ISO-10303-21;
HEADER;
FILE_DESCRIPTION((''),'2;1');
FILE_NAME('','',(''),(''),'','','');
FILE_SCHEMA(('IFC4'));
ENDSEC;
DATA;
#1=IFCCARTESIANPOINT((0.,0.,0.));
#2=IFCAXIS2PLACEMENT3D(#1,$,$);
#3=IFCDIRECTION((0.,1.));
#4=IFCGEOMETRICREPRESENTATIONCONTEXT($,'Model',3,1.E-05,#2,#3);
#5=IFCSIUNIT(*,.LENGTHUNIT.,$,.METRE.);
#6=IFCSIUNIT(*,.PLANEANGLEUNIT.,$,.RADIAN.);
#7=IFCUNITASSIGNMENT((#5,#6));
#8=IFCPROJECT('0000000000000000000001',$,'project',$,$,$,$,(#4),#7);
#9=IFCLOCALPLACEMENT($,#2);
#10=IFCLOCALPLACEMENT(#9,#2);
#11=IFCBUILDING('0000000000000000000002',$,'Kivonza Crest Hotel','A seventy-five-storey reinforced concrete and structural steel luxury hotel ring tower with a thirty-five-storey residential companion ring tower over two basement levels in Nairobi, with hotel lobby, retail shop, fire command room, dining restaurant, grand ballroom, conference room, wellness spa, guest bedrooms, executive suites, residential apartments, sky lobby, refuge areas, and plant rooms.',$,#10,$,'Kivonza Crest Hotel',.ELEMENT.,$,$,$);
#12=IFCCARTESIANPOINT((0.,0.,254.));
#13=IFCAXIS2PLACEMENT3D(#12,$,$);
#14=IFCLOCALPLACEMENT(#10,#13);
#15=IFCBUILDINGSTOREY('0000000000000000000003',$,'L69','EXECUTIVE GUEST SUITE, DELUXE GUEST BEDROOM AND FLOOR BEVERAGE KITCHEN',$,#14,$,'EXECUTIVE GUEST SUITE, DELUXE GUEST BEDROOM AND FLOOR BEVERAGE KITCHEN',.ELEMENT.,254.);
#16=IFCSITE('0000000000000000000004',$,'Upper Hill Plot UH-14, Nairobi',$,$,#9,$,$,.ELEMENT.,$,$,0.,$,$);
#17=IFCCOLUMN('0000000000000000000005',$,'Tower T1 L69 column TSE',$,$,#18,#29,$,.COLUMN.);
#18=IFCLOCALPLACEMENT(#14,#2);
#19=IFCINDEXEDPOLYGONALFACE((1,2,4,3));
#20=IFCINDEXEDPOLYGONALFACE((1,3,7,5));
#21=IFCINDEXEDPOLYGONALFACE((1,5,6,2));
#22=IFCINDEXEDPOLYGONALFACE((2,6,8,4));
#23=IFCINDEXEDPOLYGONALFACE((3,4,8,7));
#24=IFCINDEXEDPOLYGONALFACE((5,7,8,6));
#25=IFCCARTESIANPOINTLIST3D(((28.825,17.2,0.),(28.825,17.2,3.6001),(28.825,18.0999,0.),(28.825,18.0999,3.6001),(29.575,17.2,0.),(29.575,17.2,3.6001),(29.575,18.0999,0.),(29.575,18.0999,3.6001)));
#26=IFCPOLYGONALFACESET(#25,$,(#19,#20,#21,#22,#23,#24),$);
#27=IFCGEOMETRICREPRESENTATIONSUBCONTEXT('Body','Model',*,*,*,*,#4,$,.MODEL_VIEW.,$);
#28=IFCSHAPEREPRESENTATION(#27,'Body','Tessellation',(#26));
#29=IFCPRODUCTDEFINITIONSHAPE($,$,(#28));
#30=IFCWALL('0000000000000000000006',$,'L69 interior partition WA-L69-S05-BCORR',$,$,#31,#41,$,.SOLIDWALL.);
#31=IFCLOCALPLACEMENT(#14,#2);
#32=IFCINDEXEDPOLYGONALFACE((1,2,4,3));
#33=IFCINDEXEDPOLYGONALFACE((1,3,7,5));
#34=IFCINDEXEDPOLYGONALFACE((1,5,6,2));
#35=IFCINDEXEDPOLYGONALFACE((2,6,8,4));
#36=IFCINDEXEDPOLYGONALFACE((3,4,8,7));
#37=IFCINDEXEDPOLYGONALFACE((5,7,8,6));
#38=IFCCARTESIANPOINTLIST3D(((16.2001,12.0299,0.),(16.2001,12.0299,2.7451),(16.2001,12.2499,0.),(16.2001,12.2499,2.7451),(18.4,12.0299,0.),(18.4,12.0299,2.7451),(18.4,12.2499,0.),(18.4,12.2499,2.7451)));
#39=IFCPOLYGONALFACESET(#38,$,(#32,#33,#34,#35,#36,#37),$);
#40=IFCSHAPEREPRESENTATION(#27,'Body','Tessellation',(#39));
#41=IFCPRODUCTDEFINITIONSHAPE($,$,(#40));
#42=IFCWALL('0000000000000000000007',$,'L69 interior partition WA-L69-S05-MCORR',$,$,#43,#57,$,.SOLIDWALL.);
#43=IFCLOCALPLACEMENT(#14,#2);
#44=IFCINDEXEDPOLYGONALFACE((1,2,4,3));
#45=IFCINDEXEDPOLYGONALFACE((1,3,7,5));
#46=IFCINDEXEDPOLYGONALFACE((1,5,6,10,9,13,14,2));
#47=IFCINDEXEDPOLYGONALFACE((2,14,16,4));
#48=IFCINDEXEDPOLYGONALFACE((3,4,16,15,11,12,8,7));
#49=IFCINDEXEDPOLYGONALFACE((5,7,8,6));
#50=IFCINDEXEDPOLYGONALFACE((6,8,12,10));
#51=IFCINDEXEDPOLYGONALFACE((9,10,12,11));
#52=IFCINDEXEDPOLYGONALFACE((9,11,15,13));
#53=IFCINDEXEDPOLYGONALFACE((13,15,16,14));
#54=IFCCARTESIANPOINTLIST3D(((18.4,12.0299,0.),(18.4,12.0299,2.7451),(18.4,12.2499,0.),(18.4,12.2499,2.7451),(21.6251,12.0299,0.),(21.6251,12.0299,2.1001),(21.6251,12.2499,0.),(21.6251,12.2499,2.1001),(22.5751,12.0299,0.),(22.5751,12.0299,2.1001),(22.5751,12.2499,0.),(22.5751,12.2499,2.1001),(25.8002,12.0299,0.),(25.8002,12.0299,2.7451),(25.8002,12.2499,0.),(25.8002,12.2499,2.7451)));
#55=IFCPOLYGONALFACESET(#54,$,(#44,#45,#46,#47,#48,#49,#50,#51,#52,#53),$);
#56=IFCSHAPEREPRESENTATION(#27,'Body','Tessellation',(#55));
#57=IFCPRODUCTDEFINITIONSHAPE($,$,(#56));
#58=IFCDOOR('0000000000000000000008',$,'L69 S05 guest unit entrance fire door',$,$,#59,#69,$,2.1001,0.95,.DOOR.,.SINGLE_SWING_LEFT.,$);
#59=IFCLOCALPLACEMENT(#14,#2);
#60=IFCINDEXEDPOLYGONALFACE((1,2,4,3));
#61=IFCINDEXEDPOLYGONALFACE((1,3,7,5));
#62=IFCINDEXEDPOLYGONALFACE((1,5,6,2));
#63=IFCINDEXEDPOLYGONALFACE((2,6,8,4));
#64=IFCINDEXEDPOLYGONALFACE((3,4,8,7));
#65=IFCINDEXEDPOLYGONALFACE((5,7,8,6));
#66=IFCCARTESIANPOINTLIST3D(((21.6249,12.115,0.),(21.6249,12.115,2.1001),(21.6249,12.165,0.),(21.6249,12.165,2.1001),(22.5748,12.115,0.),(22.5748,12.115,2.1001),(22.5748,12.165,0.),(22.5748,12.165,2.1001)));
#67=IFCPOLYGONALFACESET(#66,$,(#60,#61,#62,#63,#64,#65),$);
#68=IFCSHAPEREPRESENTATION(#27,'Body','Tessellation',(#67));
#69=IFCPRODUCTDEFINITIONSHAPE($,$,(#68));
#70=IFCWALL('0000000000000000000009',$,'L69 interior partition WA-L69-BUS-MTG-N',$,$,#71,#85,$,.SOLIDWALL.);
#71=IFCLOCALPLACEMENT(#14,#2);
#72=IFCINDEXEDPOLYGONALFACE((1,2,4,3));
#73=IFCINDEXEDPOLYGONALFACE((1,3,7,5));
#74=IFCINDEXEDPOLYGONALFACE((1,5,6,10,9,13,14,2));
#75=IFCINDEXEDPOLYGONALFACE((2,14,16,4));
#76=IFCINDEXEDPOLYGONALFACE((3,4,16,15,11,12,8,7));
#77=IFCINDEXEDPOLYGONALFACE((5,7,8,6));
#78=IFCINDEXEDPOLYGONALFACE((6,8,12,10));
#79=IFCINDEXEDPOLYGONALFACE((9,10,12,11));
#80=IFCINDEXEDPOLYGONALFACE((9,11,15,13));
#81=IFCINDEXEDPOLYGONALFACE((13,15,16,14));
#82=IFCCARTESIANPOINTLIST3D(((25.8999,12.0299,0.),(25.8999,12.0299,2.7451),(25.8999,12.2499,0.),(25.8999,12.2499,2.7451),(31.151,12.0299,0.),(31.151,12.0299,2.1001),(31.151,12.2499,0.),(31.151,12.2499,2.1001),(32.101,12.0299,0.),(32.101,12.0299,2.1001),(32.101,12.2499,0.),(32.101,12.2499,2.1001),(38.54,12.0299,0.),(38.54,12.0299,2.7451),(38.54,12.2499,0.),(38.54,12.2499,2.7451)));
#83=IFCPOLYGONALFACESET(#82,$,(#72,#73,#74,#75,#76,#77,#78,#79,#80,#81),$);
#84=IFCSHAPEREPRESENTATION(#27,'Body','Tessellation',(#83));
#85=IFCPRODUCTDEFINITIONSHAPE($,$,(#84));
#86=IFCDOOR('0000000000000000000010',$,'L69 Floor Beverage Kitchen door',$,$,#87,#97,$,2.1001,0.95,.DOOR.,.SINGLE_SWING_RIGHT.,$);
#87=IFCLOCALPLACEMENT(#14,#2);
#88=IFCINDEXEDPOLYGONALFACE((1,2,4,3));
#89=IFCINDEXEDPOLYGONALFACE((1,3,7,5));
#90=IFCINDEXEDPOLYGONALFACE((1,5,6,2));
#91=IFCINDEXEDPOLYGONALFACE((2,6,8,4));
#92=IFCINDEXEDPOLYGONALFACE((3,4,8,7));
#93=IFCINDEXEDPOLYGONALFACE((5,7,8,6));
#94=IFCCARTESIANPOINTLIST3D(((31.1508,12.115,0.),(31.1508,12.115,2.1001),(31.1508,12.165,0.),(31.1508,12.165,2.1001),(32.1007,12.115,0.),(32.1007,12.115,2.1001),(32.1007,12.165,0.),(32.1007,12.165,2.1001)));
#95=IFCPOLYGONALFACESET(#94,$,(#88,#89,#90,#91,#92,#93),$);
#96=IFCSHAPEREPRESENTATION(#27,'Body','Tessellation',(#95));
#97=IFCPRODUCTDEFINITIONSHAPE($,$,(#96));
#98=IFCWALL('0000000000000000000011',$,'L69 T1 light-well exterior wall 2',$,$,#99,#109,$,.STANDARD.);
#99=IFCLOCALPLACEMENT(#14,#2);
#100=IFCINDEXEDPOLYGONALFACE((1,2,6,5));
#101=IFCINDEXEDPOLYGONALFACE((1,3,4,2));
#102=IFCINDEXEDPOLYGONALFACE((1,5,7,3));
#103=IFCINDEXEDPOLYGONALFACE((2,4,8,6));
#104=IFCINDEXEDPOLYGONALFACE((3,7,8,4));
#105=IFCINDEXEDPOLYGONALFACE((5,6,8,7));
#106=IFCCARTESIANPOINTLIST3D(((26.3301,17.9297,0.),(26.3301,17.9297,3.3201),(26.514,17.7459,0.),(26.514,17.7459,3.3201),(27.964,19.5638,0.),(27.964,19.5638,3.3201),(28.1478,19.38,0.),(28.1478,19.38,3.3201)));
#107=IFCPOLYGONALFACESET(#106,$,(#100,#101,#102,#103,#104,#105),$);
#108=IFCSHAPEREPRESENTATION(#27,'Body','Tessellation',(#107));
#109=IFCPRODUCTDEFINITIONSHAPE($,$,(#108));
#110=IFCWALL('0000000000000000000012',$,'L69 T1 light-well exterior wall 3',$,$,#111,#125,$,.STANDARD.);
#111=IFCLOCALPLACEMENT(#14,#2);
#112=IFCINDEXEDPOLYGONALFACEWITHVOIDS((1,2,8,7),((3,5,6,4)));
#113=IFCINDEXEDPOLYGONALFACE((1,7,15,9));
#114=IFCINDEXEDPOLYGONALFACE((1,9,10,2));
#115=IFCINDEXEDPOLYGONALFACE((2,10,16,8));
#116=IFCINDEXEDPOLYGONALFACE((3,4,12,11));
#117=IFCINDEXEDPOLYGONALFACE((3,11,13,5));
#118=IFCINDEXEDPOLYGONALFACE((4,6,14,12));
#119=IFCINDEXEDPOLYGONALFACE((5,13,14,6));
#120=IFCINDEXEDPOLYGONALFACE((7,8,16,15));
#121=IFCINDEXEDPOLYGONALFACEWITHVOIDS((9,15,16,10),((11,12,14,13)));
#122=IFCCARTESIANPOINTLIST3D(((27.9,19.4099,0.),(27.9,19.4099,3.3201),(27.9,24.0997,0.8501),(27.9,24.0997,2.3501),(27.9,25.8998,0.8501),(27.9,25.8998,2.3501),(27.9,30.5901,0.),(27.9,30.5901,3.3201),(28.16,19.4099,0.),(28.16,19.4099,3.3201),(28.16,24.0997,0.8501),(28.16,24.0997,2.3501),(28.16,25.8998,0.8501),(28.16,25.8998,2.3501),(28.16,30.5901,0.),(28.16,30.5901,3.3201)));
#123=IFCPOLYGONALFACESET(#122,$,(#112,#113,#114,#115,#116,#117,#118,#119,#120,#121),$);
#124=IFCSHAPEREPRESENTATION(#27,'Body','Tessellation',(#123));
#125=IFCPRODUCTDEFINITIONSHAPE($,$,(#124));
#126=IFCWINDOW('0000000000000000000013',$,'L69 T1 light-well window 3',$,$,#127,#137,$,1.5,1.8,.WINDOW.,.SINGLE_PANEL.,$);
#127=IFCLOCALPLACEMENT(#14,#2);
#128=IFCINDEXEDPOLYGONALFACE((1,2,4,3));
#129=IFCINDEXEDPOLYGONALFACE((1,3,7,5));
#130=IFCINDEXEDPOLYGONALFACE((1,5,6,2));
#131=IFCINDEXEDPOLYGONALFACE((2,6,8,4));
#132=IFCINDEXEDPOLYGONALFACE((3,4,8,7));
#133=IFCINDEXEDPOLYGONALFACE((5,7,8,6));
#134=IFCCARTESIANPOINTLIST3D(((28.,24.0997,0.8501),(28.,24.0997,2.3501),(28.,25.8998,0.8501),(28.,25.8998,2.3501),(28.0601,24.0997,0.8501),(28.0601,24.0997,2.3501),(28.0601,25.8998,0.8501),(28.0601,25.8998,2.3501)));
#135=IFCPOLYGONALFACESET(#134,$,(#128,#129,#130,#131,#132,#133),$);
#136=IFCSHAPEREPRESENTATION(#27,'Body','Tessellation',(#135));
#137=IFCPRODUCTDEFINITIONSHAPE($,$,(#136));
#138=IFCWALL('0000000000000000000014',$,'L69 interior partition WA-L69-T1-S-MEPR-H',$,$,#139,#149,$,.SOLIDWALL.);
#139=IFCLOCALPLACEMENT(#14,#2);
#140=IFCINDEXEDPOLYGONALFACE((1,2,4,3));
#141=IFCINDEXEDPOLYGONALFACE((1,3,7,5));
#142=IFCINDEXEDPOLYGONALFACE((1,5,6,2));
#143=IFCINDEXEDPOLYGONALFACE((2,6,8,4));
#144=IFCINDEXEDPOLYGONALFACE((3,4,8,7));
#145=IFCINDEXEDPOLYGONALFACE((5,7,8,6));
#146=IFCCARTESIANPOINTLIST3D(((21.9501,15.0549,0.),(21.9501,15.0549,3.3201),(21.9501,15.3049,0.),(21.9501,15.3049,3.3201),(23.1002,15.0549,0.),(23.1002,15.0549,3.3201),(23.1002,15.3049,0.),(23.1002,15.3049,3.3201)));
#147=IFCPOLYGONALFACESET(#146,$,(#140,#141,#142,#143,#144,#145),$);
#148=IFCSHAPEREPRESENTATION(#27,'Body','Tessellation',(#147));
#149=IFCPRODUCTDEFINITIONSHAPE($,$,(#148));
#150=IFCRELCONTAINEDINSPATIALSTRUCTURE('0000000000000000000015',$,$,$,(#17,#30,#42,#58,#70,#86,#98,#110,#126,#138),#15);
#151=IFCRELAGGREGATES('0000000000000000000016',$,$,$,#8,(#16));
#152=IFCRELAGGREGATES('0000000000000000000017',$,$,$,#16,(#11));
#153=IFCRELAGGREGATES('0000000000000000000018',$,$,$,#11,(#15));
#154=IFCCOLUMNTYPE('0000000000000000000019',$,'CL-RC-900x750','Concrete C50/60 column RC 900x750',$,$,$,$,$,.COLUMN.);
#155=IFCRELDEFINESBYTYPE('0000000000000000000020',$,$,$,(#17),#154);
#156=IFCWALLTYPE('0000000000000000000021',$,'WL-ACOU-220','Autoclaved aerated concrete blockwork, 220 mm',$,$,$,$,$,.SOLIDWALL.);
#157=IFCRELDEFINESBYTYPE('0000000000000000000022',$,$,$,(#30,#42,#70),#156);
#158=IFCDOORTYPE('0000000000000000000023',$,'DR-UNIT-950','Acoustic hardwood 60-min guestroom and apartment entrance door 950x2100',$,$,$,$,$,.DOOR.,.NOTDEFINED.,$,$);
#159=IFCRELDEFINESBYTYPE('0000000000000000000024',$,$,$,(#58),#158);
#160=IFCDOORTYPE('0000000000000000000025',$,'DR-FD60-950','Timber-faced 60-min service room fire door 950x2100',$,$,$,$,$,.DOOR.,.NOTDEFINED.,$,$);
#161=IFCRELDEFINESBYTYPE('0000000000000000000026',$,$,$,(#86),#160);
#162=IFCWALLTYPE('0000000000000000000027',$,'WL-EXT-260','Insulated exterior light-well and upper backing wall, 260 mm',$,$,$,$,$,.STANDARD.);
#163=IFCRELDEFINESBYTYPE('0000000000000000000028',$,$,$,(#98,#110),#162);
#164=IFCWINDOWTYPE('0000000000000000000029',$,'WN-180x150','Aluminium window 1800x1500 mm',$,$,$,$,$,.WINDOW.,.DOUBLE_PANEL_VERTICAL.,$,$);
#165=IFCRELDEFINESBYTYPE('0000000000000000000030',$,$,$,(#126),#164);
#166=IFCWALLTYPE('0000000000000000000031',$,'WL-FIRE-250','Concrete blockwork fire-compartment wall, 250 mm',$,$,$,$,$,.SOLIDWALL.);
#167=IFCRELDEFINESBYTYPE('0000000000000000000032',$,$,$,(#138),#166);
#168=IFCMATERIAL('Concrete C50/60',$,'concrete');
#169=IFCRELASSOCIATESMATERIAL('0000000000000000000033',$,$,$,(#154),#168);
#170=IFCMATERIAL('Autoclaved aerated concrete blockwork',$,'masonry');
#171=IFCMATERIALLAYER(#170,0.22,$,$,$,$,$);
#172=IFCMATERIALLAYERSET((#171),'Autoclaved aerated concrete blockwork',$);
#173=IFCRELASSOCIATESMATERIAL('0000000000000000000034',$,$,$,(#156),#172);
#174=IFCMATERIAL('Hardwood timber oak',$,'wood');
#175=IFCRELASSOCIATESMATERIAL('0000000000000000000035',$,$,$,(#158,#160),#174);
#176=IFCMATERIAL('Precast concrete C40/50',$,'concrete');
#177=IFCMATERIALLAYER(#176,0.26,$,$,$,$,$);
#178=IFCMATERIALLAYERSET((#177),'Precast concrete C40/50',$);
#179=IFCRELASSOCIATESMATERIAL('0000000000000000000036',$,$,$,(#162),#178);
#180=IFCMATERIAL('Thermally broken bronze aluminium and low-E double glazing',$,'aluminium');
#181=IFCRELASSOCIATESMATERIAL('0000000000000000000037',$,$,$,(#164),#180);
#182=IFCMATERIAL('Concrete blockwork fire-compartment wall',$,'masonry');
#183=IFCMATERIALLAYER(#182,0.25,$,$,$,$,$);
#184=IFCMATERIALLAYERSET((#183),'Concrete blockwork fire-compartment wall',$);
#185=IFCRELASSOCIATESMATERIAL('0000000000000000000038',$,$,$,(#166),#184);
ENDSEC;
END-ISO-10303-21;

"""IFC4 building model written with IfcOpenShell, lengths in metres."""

from ifc_helpers import new_model, si_unit, direction, frame, frame_2d, origin, origin_2d, place, context, subcontext, project, spatial, rectangle, extrude, material, layer, layer_set, material_profile, profile_set, type_object, element, fill, save


model = new_model("IFC4")

# Units and contexts
model_context = context("Model", 3, precision=1e-05, world=origin(), true_north=direction((0.0, 1.0)))
body_context = subcontext(model_context, "Body", "Model", "MODEL_VIEW")
ifc_project = project(units=[si_unit("LENGTHUNIT", "METRE"), si_unit("PLANEANGLEUNIT", "RADIAN")], contexts=[model_context])

# Site, building, storey
site_placement = place(None, origin())
site = spatial("IfcSite", under=ifc_project, at=site_placement, Name="Upper Hill Plot UH-14, Nairobi", CompositionType="ELEMENT", RefElevation=0.0)
building_placement = place(site_placement, origin())
building = spatial("IfcBuilding", under=site, at=building_placement, Name="Kivonza Crest Hotel", Description="A seventy-five-storey reinforced concrete and structural steel luxury hotel ring tower with a thirty-five-storey residential companion ring tower over two basement levels in Nairobi, with hotel lobby, retail shop, fire command room, dining restaurant, grand ballroom, conference room, wellness spa, guest bedrooms, executive suites, residential apartments, sky lobby, refuge areas, and plant rooms.", LongName="Kivonza Crest Hotel", CompositionType="ELEMENT")
storey_placement = place(building_placement, frame((0.0, 0.0, 254.0)))
storey = spatial("IfcBuildingStorey", under=building, at=storey_placement, Name="L69", Description="EXECUTIVE GUEST SUITE, DELUXE GUEST BEDROOM AND FLOOR BEVERAGE KITCHEN", LongName="EXECUTIVE GUEST SUITE, DELUXE GUEST BEDROOM AND FLOOR BEVERAGE KITCHEN", CompositionType="ELEMENT", Elevation=254.0)

# Column
ifc_material_1 = material(Name="Concrete C50/60", Category="concrete")
ifc_material_profile = material_profile(ifc_material_1, rectangle(XDim=0.75, YDim=0.8999, at=origin_2d()), Name="RC 900x750")
ifc_profile_set = profile_set([ifc_material_profile], Name="Concrete C50/60")
column_type = type_object("IfcColumnType", Name="CL-RC-900x750", Description="Concrete C50/60 column RC 900x750", PredefinedType="COLUMN", material=ifc_profile_set)
column_placement = place(storey_placement, frame((29.2, 17.6499, 0.0), z_axis=(0.0, 0.0, 1.0), x_axis=(1.0, 0.0, 0.0)))
element("IfcColumn", 1, at=column_placement, inside=storey, type_object=column_type, Name="Tower T1 L69 column TSE", PredefinedType="COLUMN", context=body_context, shape_type="SweptSolid", body=[
    extrude(rectangle(XDim=0.75, YDim=0.8999, at=origin_2d()), origin(), (0.0, 0.0, 1.0), 3.6001),
])

# Wall
ifc_material_2 = material(Name="Autoclaved aerated concrete blockwork", Category="masonry")
ifc_layer_1 = layer(ifc_material_2, 0.22)
ifc_layer_set_1 = layer_set([ifc_layer_1], Name="Autoclaved aerated concrete blockwork")
wall_type_1 = type_object("IfcWallType", Name="WL-ACOU-220", Description="Autoclaved aerated concrete blockwork, 220 mm", PredefinedType="SOLIDWALL", material=ifc_layer_set_1)
wall_1_placement = place(storey_placement, frame((16.2, 12.1399, 0.0), z_axis=(0.0, 0.0, 1.0), x_axis=(1.0, 0.0, 0.0)))
element("IfcWall", 2, at=wall_1_placement, inside=storey, type_object=wall_type_1, Name="L69 interior partition WA-L69-S05-BCORR", PredefinedType="SOLIDWALL", context=body_context, shape_type="SweptSolid", body=[
    extrude(rectangle(XDim=2.2, YDim=0.22, at=frame_2d((1.1001, 0.0))), origin(), (0.0, 0.0, 1.0), 2.7451),
])

# Walls, openings, doors
wall_2_placement = place(storey_placement, frame((18.3999, 12.1399, 0.0), z_axis=(0.0, 0.0, 1.0), x_axis=(1.0, 0.0, 0.0)))
wall_2 = element("IfcWall", 3, at=wall_2_placement, inside=storey, type_object=wall_type_1, Name="L69 interior partition WA-L69-S05-MCORR", PredefinedType="SOLIDWALL", context=body_context, shape_type="SweptSolid", body=[
    extrude(rectangle(XDim=7.4001, YDim=0.22, at=frame_2d((3.7002, 0.0))), origin(), (0.0, 0.0, 1.0), 2.7451),
])
opening_1_placement = place(wall_2_placement, frame((3.2251, 0.0, 0.0)))
opening_1 = element("IfcOpeningElement", 4, at=opening_1_placement, cuts=wall_2, PredefinedType="OPENING", context=body_context, shape_type="SweptSolid", body=[
    extrude(rectangle(XDim=0.95, YDim=2.1001, at=frame_2d((0.4751, 1.05))), frame((0.0, 0.1201, 0.0), z_axis=(0.0, -1.0, 0.0), x_axis=(1.0, 0.0, 0.0)), (0.0, 0.0, 1.0), 0.24),
])
ifc_material_3 = material(Name="Hardwood timber oak", Category="wood")
door_type_1 = type_object("IfcDoorType", Name="DR-UNIT-950", Description="Acoustic hardwood 60-min guestroom and apartment entrance door 950x2100", OperationType="NOTDEFINED", PredefinedType="DOOR", material=ifc_material_3)
door_1_placement = place(opening_1_placement, frame((0.95, 0.0, 0.0), z_axis=(0.0, 0.0, 1.0), x_axis=(-1.0, 0.0, 0.0)))
door_1 = element("IfcDoor", 5, at=door_1_placement, inside=storey, type_object=door_type_1, Name="L69 S05 guest unit entrance fire door", OperationType="SINGLE_SWING_LEFT", OverallHeight=2.1001, OverallWidth=0.95, PredefinedType="DOOR", context=body_context, shape_type="SweptSolid", body=[
    extrude(rectangle(XDim=0.95, YDim=2.1001, at=frame_2d((0.4751, 1.05))), frame((0.0, 0.0249, 0.0), z_axis=(0.0, -1.0, 0.0), x_axis=(1.0, 0.0, 0.0)), (0.0, 0.0, 1.0), 0.05),
])
fill(opening_1, door_1)
wall_3_placement = place(storey_placement, frame((25.8999, 12.1399, 0.0), z_axis=(0.0, 0.0, 1.0), x_axis=(1.0, 0.0, 0.0)))
wall_3 = element("IfcWall", 6, at=wall_3_placement, inside=storey, type_object=wall_type_1, Name="L69 interior partition WA-L69-BUS-MTG-N", PredefinedType="SOLIDWALL", context=body_context, shape_type="SweptSolid", body=[
    extrude(rectangle(XDim=12.6401, YDim=0.22, at=frame_2d((6.3201, 0.0))), origin(), (0.0, 0.0, 1.0), 2.7451),
])
opening_2_placement = place(wall_3_placement, frame((5.251, 0.0, 0.0)))
opening_2 = element("IfcOpeningElement", 7, at=opening_2_placement, cuts=wall_3, PredefinedType="OPENING", context=body_context, shape_type="SweptSolid", body=[
    extrude(rectangle(XDim=0.95, YDim=2.1001, at=frame_2d((0.4751, 1.05))), frame((0.0, 0.1201, 0.0), z_axis=(0.0, -1.0, 0.0), x_axis=(1.0, 0.0, 0.0)), (0.0, 0.0, 1.0), 0.24),
])
door_type_2 = type_object("IfcDoorType", Name="DR-FD60-950", Description="Timber-faced 60-min service room fire door 950x2100", OperationType="NOTDEFINED", PredefinedType="DOOR", material=ifc_material_3)
door_2_placement = place(opening_2_placement, frame((0.95, 0.0, 0.0), z_axis=(0.0, 0.0, 1.0), x_axis=(-1.0, 0.0, 0.0)))
door_2 = element("IfcDoor", 8, at=door_2_placement, inside=storey, type_object=door_type_2, Name="L69 Floor Beverage Kitchen door", OperationType="SINGLE_SWING_RIGHT", OverallHeight=2.1001, OverallWidth=0.95, PredefinedType="DOOR", context=body_context, shape_type="SweptSolid", body=[
    extrude(rectangle(XDim=0.95, YDim=2.1001, at=frame_2d((0.4751, 1.05))), frame((0.0, 0.0249, 0.0), z_axis=(0.0, -1.0, 0.0), x_axis=(1.0, 0.0, 0.0)), (0.0, 0.0, 1.0), 0.05),
])
fill(opening_2, door_2)

# Wall
ifc_material_4 = material(Name="Precast concrete C40/50", Category="concrete")
ifc_layer_2 = layer(ifc_material_4, 0.26)
ifc_layer_set_2 = layer_set([ifc_layer_2], Name="Precast concrete C40/50")
wall_type_2 = type_object("IfcWallType", Name="WL-EXT-260", Description="Insulated exterior light-well and upper backing wall, 260 mm", PredefinedType="STANDARD", material=ifc_layer_set_2)
wall_4_placement = place(storey_placement, frame((26.4221, 17.8379, 0.0), z_axis=(0.0, 0.0, 1.0), x_axis=(0.707054, 0.70716, 0.0)))
element("IfcWall", 9, at=wall_4_placement, inside=storey, type_object=wall_type_2, Name="L69 T1 light-well exterior wall 2", PredefinedType="STANDARD", context=body_context, shape_type="SweptSolid", body=[
    extrude(rectangle(XDim=2.3108, YDim=0.26, at=frame_2d((1.1553, 0.0))), origin(), (0.0, 0.0, 1.0), 3.3201),
])

# Wall, opening, window
wall_5_placement = place(storey_placement, frame((28.03, 19.4099, 0.0), z_axis=(0.0, 0.0, 1.0), x_axis=(0.0, 1.0, 0.0)))
wall_5 = element("IfcWall", 10, at=wall_5_placement, inside=storey, type_object=wall_type_2, Name="L69 T1 light-well exterior wall 3", PredefinedType="STANDARD", context=body_context, shape_type="SweptSolid", body=[
    extrude(rectangle(XDim=11.1802, YDim=0.26, at=frame_2d((5.5901, 0.0))), origin(), (0.0, 0.0, 1.0), 3.3201),
])
opening_3_placement = place(wall_5_placement, frame((4.6899, 0.0, 0.8501)))
opening_3 = element("IfcOpeningElement", 11, at=opening_3_placement, cuts=wall_5, PredefinedType="OPENING", context=body_context, shape_type="SweptSolid", body=[
    extrude(rectangle(XDim=1.8, YDim=1.5, at=frame_2d((0.8999, 0.75))), frame((0.0, 0.1401, 0.0), z_axis=(0.0, -1.0, 0.0), x_axis=(1.0, 0.0, 0.0)), (0.0, 0.0, 1.0), 0.28),
])
ifc_material_5 = material(Name="Thermally broken bronze aluminium and low-E double glazing", Category="aluminium")
window_type = type_object("IfcWindowType", Name="WN-180x150", Description="Aluminium window 1800x1500 mm", PartitioningType="DOUBLE_PANEL_VERTICAL", PredefinedType="WINDOW", material=ifc_material_5)
window_placement = place(opening_3_placement, origin())
window = element("IfcWindow", 12, at=window_placement, inside=storey, type_object=window_type, Name="L69 T1 light-well window 3", OverallHeight=1.5, OverallWidth=1.8, PartitioningType="SINGLE_PANEL", PredefinedType="WINDOW", context=body_context, shape_type="SweptSolid", body=[
    extrude(rectangle(XDim=1.8, YDim=1.5, at=frame_2d((0.8999, 0.75))), frame((0.0, 0.03, 0.0), z_axis=(0.0, -1.0, 0.0), x_axis=(1.0, 0.0, 0.0)), (0.0, 0.0, 1.0), 0.0601),
])
fill(opening_3, window)

# Wall
ifc_material_6 = material(Name="Concrete blockwork fire-compartment wall", Category="masonry")
ifc_layer_3 = layer(ifc_material_6, 0.25)
ifc_layer_set_3 = layer_set([ifc_layer_3], Name="Concrete blockwork fire-compartment wall")
wall_type_3 = type_object("IfcWallType", Name="WL-FIRE-250", Description="Concrete blockwork fire-compartment wall, 250 mm", PredefinedType="SOLIDWALL", material=ifc_layer_set_3)
wall_6_placement = place(storey_placement, frame((21.95, 15.1799, 0.0), z_axis=(0.0, 0.0, 1.0), x_axis=(1.0, 0.0, 0.0)))
element("IfcWall", 13, at=wall_6_placement, inside=storey, type_object=wall_type_3, Name="L69 interior partition WA-L69-T1-S-MEPR-H", PredefinedType="SOLIDWALL", context=body_context, shape_type="SweptSolid", body=[
    extrude(rectangle(XDim=1.1501, YDim=0.25, at=frame_2d((0.5752, 0.0))), origin(), (0.0, 0.0, 1.0), 3.3201),
])

save(model, "model.ifc")
